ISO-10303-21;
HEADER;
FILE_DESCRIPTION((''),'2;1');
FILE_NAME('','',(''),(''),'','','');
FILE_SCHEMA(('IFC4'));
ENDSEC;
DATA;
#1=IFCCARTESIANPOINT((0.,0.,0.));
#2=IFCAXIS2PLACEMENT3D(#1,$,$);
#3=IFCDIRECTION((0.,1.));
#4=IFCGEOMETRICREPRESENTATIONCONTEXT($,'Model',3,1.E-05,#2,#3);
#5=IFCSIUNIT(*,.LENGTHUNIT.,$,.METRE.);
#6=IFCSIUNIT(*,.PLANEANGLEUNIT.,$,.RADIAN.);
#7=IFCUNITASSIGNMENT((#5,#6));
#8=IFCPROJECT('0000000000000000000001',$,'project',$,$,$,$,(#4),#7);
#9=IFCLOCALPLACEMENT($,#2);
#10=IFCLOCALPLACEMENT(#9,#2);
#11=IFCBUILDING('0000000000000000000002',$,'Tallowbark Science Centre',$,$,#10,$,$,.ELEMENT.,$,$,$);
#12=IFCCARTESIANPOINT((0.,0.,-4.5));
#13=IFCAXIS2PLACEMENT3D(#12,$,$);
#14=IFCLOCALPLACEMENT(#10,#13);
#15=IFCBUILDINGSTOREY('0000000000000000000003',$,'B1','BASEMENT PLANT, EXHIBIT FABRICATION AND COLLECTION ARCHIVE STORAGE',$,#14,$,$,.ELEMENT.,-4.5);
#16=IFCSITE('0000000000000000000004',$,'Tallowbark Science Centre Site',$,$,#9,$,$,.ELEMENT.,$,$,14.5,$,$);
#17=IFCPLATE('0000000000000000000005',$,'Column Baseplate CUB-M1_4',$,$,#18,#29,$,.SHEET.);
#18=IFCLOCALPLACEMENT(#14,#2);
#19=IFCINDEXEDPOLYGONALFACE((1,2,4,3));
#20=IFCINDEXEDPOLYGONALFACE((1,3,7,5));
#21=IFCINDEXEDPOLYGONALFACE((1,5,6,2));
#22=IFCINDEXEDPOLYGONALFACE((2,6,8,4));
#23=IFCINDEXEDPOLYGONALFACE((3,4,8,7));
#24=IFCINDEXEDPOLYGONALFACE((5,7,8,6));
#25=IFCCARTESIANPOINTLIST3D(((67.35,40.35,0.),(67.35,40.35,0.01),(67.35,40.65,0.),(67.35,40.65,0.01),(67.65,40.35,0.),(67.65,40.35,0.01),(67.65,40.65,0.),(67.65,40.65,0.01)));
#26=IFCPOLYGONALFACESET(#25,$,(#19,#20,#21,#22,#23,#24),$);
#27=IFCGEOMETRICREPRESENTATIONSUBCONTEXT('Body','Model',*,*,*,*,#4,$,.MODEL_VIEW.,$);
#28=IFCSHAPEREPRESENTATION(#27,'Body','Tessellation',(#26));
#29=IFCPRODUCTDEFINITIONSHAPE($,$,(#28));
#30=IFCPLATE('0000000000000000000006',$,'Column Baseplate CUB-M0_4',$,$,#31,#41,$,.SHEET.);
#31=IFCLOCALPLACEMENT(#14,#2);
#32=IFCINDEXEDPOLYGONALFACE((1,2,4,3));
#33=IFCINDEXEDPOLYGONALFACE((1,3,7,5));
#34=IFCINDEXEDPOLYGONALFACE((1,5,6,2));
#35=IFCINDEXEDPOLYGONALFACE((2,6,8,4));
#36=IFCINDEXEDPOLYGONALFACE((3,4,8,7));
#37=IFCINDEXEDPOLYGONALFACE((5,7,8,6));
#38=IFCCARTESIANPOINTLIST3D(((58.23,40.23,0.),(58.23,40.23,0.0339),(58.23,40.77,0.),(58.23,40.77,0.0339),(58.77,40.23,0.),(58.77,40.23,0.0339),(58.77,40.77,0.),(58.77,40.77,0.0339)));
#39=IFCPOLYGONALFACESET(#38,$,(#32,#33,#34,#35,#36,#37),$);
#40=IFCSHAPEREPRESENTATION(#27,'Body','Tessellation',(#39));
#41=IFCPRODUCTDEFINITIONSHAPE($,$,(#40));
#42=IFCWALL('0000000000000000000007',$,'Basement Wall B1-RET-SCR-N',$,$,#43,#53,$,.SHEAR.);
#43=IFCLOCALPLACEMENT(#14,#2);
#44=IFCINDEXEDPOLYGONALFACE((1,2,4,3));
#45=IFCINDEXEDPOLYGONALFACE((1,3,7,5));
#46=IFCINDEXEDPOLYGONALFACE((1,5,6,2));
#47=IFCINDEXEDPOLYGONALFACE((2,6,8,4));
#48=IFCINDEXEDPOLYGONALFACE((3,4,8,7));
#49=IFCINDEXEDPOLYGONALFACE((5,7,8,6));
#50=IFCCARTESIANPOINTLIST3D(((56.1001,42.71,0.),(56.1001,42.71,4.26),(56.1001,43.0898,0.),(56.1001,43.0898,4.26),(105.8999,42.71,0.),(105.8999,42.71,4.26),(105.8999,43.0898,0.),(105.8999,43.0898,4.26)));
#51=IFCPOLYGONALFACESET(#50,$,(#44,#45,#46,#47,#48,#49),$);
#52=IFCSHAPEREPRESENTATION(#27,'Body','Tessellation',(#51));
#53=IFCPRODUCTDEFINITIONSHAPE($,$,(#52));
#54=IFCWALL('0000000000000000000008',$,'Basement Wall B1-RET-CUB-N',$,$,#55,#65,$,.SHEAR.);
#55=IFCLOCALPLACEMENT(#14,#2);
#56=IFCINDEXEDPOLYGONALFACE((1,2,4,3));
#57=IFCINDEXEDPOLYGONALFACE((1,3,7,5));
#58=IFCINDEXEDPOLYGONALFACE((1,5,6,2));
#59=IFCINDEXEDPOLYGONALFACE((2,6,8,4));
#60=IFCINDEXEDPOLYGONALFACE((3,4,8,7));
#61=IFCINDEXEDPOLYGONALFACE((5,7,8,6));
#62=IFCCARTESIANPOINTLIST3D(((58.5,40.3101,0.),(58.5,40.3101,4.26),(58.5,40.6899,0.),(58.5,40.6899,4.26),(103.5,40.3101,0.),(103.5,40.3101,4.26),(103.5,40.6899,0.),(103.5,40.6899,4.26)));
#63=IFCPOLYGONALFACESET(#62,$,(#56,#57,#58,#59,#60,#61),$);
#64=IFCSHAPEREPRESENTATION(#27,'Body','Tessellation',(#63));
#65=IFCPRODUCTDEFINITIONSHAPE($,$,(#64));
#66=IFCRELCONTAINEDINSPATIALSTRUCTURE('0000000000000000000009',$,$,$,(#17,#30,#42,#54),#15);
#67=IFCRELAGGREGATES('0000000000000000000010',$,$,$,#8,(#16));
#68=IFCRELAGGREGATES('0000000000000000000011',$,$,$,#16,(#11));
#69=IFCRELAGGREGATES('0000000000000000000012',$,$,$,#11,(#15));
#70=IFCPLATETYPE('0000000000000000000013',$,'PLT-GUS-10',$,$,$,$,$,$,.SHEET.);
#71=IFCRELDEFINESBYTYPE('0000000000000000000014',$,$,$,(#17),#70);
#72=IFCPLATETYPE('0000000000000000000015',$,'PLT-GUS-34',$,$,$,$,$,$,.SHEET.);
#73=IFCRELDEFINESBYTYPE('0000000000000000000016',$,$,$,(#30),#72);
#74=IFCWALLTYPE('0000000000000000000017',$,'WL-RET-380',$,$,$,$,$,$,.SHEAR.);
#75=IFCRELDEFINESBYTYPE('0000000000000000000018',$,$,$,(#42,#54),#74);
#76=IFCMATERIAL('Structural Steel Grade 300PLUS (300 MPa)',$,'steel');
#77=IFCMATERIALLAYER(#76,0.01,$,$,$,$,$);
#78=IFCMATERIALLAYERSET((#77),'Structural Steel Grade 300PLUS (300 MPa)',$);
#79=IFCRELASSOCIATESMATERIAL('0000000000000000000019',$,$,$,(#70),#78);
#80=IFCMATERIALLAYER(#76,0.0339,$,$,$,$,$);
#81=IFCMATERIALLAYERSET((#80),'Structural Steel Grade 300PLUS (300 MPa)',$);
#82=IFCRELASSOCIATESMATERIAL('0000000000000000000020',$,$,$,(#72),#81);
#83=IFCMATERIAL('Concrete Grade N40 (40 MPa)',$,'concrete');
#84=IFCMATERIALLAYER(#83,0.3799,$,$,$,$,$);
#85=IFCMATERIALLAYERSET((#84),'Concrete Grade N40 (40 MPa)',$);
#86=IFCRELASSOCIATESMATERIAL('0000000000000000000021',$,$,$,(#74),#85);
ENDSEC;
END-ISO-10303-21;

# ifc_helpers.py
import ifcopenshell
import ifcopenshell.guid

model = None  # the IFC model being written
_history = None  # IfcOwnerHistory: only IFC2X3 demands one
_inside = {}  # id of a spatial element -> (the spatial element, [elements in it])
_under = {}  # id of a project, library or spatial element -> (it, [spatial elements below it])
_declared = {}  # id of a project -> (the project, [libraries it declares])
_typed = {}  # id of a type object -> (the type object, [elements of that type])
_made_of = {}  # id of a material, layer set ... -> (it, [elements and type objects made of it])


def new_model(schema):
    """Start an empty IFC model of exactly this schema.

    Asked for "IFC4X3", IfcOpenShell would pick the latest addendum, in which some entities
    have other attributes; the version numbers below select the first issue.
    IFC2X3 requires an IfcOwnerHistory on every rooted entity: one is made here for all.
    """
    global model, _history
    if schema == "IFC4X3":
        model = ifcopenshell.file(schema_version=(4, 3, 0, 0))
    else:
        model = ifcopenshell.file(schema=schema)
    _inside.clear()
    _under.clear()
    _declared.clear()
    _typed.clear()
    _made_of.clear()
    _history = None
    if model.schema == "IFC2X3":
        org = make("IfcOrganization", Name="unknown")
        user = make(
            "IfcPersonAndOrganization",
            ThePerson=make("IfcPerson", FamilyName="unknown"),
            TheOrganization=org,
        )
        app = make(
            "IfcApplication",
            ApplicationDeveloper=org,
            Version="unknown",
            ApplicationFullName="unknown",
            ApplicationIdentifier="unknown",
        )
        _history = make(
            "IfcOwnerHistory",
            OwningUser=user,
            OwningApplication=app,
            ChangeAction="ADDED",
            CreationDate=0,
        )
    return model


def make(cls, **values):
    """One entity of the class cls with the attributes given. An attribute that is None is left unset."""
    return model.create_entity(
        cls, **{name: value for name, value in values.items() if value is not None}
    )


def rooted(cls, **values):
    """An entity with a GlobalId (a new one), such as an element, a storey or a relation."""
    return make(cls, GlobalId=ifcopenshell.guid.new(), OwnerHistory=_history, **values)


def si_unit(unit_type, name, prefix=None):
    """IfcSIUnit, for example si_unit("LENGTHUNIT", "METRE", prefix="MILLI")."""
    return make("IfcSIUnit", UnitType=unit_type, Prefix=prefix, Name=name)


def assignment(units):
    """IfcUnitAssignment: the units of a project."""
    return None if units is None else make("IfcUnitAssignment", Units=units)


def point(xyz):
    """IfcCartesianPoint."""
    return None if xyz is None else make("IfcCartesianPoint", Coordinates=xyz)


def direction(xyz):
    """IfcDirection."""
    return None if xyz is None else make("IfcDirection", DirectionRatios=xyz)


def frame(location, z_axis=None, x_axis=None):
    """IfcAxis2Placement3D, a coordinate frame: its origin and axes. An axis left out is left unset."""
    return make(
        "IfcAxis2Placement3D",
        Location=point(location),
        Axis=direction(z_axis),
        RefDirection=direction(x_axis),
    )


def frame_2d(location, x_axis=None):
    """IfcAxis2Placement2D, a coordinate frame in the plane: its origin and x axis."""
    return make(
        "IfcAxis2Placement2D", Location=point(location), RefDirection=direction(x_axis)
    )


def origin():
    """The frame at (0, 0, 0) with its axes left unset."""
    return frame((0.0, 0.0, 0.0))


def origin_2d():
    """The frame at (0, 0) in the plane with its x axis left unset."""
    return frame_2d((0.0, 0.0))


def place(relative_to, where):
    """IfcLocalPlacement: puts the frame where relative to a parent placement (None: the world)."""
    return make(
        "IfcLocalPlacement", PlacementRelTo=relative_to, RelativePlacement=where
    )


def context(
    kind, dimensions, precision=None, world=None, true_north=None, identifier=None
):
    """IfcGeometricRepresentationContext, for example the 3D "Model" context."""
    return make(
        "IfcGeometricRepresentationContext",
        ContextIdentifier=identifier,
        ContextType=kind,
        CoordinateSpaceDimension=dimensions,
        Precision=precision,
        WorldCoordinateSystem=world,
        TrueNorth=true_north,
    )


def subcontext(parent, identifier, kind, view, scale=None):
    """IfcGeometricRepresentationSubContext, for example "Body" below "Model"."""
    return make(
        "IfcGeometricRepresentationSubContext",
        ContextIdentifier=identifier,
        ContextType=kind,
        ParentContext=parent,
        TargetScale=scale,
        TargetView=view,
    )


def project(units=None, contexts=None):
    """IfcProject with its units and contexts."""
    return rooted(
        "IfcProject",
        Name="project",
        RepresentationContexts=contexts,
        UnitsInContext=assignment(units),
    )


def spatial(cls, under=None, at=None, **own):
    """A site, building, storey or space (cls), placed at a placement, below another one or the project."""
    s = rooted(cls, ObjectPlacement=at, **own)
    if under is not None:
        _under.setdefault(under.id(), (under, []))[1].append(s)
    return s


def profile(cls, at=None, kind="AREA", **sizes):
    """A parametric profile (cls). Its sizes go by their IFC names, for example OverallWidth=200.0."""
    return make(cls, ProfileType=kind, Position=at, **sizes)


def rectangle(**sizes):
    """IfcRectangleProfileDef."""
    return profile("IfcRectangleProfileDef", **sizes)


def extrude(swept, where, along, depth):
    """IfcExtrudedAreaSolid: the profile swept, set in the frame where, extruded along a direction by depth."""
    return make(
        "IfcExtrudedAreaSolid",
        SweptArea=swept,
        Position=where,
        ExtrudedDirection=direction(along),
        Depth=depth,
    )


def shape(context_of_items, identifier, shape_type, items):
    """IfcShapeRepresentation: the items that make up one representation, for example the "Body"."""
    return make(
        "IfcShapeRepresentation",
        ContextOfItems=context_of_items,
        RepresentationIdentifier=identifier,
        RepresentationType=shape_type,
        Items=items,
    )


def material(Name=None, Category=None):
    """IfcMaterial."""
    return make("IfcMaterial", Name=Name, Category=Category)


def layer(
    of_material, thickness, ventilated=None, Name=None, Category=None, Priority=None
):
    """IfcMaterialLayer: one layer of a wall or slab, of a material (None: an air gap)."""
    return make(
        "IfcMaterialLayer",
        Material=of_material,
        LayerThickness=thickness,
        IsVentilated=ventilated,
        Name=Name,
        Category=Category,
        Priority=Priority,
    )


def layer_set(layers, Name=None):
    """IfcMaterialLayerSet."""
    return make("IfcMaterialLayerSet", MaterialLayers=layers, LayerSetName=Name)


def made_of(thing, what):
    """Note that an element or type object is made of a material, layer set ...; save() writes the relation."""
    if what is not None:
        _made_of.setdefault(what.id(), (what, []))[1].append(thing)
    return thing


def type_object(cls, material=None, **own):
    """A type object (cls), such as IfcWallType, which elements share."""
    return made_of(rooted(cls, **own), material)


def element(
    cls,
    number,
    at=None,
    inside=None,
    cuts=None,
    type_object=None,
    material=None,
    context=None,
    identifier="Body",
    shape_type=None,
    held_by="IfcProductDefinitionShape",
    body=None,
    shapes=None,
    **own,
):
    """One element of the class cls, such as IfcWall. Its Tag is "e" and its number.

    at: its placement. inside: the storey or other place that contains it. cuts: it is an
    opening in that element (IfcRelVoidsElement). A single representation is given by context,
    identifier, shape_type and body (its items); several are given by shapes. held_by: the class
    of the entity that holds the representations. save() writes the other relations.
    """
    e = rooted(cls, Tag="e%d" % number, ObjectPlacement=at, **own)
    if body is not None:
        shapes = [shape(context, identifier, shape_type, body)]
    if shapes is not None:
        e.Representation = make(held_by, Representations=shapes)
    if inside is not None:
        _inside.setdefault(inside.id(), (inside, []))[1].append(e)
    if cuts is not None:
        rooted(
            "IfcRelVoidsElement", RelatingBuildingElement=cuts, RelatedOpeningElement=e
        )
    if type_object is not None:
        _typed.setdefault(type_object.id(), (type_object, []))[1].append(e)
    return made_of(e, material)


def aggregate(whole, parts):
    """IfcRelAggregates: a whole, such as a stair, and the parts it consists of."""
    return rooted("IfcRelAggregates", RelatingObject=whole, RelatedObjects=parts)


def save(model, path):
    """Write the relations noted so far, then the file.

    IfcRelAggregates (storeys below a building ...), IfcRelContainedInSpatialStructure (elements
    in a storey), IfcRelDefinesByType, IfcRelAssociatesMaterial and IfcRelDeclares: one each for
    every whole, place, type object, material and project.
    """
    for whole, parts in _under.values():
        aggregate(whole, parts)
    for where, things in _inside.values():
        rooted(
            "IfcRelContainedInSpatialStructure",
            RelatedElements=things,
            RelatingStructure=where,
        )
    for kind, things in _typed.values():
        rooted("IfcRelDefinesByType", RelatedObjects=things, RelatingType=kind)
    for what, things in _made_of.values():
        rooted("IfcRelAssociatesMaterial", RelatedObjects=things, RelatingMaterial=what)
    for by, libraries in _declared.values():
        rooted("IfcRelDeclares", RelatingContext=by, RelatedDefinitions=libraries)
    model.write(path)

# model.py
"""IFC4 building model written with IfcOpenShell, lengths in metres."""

from ifc_helpers import new_model, si_unit, direction, frame, frame_2d, origin, origin_2d, place, context, subcontext, project, spatial, rectangle, extrude, material, layer, layer_set, type_object, element, save


model = new_model("IFC4")

# Units and contexts
model_context = context("Model", 3, precision=1e-05, world=origin(), true_north=direction((0.0, 1.0)))
body_context = subcontext(model_context, "Body", "Model", "MODEL_VIEW")
ifc_project = project(units=[si_unit("LENGTHUNIT", "METRE"), si_unit("PLANEANGLEUNIT", "RADIAN")], contexts=[model_context])

# Site, building, storey
site_placement = place(None, origin())
site = spatial("IfcSite", under=ifc_project, at=site_placement, Name="Tallowbark Science Centre Site", CompositionType="ELEMENT", RefElevation=14.5)
building_placement = place(site_placement, origin())
building = spatial("IfcBuilding", under=site, at=building_placement, Name="Tallowbark Science Centre", CompositionType="ELEMENT")
storey_placement = place(building_placement, frame((0.0, 0.0, -4.5)))
storey = spatial("IfcBuildingStorey", under=building, at=storey_placement, Name="B1", Description="BASEMENT PLANT, EXHIBIT FABRICATION AND COLLECTION ARCHIVE STORAGE", CompositionType="ELEMENT", Elevation=-4.5)

# Shared definitions
ifc_material_1 = material(Name="Concrete Grade N40 (40 MPa)", Category="concrete")

# Shared definitions
ifc_material_2 = material(Name="Structural Steel Grade 300PLUS (300 MPa)", Category="steel")

# Plates
ifc_layer_1 = layer(ifc_material_2, 0.01)
ifc_layer_set_1 = layer_set([ifc_layer_1], Name="Structural Steel Grade 300PLUS (300 MPa)")
plate_type_1 = type_object("IfcPlateType", Name="PLT-GUS-10", PredefinedType="SHEET", material=ifc_layer_set_1)
plate_1_placement = place(storey_placement, frame((67.5, 40.5, 0.0), z_axis=(0.0, 0.0, 1.0), x_axis=(1.0, 0.0, 0.0)))
element("IfcPlate", 1, at=plate_1_placement, inside=storey, type_object=plate_type_1, Name="Column Baseplate CUB-M1_4", PredefinedType="SHEET", context=body_context, shape_type="SweptSolid", body=[
    extrude(rectangle(XDim=0.3, YDim=0.3, at=origin_2d()), origin(), (0.0, 0.0, 1.0), 0.01),
])
ifc_layer_2 = layer(ifc_material_2, 0.0339)
ifc_layer_set_2 = layer_set([ifc_layer_2], Name="Structural Steel Grade 300PLUS (300 MPa)")
plate_type_2 = type_object("IfcPlateType", Name="PLT-GUS-34", PredefinedType="SHEET", material=ifc_layer_set_2)
plate_2_placement = place(storey_placement, frame((58.5, 40.5, 0.0), z_axis=(0.0, 0.0, 1.0), x_axis=(1.0, 0.0, 0.0)))
element("IfcPlate", 2, at=plate_2_placement, inside=storey, type_object=plate_type_2, Name="Column Baseplate CUB-M0_4", PredefinedType="SHEET", context=body_context, shape_type="SweptSolid", body=[
    extrude(rectangle(XDim=0.54, YDim=0.54, at=origin_2d()), origin(), (0.0, 0.0, 1.0), 0.0339),
])

# Walls
ifc_layer_3 = layer(ifc_material_1, 0.3799)
ifc_layer_set_3 = layer_set([ifc_layer_3], Name="Concrete Grade N40 (40 MPa)")
wall_type = type_object("IfcWallType", Name="WL-RET-380", PredefinedType="SHEAR", material=ifc_layer_set_3)
wall_1_placement = place(storey_placement, frame((56.1001, 42.8999, 0.0), z_axis=(0.0, 0.0, 1.0), x_axis=(1.0, 0.0, 0.0)))
element("IfcWall", 3, at=wall_1_placement, inside=storey, type_object=wall_type, Name="Basement Wall B1-RET-SCR-N", PredefinedType="SHEAR", context=body_context, shape_type="SweptSolid", body=[
    extrude(rectangle(XDim=49.7998, YDim=0.3799, at=frame_2d((24.8999, 0.0))), origin(), (0.0, 0.0, 1.0), 4.26),
])
wall_2_placement = place(storey_placement, frame((58.5, 40.5, 0.0), z_axis=(0.0, 0.0, 1.0), x_axis=(1.0, 0.0, 0.0)))
element("IfcWall", 4, at=wall_2_placement, inside=storey, type_object=wall_type, Name="Basement Wall B1-RET-CUB-N", PredefinedType="SHEAR", context=body_context, shape_type="SweptSolid", body=[
    extrude(rectangle(XDim=45.0, YDim=0.3799, at=frame_2d((22.5, 0.0))), origin(), (0.0, 0.0, 1.0), 4.26),
])

save(model, "model.ifc")
